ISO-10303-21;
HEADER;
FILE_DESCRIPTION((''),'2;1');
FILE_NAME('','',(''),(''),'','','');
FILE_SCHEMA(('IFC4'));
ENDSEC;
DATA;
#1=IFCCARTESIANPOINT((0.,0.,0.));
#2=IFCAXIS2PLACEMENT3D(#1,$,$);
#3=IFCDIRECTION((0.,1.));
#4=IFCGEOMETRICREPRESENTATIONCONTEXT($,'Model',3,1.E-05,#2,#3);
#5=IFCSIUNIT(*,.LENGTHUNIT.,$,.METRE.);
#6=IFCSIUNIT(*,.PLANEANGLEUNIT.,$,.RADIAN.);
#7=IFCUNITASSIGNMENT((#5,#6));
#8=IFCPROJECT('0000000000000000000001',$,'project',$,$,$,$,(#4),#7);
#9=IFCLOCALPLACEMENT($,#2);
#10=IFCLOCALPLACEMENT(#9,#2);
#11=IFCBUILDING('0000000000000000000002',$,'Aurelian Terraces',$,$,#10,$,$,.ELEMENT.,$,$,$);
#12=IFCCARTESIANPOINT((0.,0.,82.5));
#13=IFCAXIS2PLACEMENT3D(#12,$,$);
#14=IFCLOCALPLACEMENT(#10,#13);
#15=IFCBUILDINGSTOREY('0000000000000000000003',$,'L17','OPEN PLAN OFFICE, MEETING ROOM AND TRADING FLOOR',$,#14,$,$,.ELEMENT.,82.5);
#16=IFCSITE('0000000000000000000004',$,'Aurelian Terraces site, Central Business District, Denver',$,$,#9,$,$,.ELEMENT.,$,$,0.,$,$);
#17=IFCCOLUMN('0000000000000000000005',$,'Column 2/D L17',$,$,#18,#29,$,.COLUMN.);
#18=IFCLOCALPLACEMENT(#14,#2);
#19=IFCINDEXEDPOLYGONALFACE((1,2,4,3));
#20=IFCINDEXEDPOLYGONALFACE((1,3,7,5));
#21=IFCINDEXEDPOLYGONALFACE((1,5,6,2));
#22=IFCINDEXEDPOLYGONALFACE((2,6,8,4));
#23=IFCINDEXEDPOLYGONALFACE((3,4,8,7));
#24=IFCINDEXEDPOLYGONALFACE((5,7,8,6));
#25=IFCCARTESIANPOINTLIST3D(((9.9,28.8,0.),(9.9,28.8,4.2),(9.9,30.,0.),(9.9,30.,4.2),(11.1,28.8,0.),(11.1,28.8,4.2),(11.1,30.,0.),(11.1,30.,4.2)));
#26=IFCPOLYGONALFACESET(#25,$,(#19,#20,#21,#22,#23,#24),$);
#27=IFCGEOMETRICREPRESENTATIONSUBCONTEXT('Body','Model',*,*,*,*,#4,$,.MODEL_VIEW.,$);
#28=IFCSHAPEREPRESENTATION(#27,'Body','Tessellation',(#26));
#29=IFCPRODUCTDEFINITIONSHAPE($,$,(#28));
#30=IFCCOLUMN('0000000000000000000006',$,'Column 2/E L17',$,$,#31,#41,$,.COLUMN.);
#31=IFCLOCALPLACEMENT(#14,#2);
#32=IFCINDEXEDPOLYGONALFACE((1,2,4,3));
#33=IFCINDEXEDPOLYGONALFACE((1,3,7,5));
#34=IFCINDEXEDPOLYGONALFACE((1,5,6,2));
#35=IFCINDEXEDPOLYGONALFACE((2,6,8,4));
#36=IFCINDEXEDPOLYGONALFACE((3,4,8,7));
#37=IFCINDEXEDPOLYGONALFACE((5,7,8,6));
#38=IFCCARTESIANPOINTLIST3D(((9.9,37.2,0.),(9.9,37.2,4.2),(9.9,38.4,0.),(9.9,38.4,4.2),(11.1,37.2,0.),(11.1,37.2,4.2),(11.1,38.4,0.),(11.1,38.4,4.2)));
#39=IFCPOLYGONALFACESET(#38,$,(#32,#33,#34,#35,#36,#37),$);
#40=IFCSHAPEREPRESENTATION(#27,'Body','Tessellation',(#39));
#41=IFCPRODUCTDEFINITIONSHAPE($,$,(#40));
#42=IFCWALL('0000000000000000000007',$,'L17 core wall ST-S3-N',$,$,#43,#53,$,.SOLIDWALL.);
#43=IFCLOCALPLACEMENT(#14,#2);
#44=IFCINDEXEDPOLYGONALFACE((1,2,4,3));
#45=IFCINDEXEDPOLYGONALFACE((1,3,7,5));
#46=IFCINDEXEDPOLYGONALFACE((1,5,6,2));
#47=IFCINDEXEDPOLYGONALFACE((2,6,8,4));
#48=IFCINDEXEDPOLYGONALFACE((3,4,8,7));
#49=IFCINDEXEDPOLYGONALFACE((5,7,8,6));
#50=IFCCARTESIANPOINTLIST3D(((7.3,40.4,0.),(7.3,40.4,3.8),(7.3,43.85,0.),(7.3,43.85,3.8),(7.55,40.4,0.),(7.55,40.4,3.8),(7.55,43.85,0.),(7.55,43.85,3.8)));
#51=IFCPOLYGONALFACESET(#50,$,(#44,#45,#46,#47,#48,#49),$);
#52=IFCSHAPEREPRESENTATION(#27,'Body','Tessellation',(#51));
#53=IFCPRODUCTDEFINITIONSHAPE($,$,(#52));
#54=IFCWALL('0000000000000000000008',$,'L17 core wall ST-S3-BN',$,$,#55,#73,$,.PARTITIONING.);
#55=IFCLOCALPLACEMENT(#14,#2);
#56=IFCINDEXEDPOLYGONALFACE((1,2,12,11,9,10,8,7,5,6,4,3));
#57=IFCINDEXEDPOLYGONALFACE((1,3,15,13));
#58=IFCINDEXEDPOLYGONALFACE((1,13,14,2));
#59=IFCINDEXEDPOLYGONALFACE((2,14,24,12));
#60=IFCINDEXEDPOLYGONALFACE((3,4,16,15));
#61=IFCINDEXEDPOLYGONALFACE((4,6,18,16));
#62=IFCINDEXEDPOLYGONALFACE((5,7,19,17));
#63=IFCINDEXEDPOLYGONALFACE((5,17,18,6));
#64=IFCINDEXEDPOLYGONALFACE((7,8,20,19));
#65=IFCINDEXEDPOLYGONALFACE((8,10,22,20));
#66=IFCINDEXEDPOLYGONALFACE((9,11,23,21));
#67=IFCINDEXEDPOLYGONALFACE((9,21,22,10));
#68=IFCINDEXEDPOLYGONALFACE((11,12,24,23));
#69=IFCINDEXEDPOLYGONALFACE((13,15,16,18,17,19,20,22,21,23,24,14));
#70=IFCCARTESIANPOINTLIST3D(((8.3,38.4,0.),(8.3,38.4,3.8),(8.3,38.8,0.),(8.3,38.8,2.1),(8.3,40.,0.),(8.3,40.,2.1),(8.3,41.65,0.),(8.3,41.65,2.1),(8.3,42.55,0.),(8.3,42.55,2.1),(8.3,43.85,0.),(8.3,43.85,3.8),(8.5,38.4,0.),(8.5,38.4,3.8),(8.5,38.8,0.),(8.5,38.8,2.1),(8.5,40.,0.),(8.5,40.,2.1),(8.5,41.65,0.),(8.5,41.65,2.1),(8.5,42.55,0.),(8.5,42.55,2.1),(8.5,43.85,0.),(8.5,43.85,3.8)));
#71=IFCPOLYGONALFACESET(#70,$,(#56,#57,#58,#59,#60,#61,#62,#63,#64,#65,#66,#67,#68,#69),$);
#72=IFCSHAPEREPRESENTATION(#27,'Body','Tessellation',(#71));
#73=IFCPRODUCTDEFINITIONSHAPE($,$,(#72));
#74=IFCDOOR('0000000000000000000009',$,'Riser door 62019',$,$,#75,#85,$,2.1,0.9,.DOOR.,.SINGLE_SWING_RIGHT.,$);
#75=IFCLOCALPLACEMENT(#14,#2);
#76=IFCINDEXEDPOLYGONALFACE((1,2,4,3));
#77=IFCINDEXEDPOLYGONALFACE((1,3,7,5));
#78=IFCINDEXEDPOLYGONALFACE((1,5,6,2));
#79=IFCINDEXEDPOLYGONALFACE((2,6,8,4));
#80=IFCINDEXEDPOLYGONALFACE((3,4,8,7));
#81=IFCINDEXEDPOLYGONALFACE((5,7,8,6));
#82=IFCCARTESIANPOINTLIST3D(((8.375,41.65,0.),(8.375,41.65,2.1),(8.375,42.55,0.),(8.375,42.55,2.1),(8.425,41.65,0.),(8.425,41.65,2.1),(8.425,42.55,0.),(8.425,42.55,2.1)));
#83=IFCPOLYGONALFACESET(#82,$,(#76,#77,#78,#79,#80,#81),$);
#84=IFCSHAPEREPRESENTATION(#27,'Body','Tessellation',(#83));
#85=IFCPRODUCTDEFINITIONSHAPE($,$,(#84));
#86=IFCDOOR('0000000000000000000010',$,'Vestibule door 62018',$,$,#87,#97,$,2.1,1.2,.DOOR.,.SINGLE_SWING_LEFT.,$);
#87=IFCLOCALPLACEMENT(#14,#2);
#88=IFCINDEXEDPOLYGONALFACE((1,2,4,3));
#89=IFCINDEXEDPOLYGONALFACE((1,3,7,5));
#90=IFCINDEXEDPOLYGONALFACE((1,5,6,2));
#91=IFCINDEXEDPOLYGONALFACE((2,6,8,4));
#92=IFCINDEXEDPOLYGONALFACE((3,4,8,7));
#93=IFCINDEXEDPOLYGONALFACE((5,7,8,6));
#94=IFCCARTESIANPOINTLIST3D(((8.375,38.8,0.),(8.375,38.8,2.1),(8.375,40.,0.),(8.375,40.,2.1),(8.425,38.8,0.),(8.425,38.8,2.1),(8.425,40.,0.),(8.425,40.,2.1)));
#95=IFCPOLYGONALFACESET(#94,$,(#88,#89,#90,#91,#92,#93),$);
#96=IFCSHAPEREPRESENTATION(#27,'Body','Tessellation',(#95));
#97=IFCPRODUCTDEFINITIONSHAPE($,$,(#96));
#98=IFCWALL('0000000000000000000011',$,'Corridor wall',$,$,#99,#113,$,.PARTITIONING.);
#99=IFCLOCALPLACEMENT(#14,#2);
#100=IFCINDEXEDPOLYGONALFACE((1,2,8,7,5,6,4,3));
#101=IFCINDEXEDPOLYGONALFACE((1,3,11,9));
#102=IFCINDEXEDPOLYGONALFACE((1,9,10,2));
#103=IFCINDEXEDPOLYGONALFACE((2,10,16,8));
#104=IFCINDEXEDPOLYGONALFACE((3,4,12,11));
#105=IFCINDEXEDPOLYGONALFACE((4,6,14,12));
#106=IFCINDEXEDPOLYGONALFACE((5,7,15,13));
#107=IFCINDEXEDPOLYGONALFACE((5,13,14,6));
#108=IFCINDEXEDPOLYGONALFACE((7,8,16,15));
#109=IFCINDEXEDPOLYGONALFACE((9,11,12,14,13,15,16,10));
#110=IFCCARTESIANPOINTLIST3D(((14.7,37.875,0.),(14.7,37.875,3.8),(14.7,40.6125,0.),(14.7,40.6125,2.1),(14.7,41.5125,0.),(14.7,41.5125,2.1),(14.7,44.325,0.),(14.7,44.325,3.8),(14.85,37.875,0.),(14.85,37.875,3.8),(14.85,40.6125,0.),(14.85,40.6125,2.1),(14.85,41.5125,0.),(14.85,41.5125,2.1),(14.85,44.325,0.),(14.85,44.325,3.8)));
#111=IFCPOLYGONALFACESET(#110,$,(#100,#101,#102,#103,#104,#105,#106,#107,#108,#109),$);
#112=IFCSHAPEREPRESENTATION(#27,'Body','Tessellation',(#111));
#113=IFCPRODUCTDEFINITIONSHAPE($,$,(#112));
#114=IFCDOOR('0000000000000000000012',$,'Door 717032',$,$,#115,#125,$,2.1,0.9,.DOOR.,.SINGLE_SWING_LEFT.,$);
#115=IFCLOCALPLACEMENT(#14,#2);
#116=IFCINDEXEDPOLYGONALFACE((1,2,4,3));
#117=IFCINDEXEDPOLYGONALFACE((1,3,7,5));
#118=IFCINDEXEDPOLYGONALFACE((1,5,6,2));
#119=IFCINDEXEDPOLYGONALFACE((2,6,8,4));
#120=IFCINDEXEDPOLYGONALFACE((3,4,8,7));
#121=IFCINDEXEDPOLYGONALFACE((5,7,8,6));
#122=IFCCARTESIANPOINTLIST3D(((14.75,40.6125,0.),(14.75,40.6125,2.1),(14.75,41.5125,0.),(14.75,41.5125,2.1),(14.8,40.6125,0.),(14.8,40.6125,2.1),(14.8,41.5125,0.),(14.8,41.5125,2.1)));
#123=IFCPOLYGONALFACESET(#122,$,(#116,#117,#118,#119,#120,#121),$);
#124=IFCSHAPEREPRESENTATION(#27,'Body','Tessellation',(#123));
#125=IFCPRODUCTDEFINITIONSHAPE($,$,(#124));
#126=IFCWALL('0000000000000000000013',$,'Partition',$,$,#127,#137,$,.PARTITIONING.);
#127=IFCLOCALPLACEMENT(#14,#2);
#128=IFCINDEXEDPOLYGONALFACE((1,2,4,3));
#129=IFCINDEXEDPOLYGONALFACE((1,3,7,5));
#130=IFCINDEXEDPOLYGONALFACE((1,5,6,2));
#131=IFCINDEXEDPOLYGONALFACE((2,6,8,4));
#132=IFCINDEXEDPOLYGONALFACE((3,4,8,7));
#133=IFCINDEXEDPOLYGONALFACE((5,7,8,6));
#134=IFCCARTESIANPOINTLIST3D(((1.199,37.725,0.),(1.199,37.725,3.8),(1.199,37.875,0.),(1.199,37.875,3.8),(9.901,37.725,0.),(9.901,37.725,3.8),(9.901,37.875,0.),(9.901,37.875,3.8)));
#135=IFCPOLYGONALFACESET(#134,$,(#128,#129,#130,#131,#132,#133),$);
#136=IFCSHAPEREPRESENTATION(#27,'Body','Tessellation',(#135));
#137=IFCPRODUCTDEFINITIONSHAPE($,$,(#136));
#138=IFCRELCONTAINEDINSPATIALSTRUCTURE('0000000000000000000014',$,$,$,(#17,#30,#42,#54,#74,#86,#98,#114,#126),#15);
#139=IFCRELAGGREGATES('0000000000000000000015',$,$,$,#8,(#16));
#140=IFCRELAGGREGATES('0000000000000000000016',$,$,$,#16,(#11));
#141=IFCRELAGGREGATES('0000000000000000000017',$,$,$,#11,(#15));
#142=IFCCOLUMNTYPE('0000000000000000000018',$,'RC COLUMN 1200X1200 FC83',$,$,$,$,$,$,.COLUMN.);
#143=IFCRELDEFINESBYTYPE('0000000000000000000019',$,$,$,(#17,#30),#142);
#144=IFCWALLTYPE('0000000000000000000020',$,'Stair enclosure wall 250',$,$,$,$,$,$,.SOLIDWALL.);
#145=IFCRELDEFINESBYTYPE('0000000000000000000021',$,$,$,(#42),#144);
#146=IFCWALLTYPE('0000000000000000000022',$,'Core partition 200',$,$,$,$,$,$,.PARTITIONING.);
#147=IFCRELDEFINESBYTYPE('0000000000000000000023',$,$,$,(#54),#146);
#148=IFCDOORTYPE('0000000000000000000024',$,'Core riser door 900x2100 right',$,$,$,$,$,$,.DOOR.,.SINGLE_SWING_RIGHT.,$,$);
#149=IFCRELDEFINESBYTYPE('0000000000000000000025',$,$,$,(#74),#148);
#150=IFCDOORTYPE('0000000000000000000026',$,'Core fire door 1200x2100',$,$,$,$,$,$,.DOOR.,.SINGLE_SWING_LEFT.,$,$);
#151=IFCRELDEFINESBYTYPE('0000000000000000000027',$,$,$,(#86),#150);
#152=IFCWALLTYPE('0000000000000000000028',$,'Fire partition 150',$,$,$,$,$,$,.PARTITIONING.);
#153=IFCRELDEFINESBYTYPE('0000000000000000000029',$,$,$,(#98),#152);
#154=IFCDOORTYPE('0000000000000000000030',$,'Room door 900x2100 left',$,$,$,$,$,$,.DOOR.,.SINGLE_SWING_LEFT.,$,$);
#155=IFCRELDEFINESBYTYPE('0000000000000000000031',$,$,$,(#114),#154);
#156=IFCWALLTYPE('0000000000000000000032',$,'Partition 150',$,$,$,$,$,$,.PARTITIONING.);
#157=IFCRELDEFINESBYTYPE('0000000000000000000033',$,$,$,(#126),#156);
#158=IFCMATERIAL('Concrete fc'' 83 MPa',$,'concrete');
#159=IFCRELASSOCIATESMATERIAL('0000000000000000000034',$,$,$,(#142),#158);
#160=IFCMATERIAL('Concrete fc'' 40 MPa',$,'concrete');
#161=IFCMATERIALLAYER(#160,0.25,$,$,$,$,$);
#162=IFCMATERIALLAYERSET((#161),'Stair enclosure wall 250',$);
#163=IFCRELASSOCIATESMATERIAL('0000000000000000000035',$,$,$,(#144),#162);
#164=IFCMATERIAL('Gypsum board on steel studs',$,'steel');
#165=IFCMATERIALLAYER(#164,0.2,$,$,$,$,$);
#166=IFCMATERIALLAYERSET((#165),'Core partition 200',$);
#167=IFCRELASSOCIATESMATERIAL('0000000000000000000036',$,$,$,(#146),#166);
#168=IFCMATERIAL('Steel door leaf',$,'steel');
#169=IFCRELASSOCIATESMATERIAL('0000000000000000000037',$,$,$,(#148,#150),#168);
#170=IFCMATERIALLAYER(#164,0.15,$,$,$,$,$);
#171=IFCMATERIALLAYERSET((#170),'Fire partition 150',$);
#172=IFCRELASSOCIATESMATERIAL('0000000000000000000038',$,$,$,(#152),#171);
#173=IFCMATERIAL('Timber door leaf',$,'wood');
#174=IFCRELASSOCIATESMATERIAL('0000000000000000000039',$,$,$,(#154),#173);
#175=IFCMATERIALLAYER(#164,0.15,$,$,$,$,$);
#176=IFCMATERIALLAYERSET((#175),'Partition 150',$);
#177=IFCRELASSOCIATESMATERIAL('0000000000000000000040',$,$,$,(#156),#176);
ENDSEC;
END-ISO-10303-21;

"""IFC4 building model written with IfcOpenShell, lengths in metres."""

from ifc_helpers import new_model, si_unit, direction, frame, frame_2d, origin, origin_2d, place, context, subcontext, project, spatial, rectangle, extrude, source, transform, mapped, material, layer, layer_set, material_profile, profile_set, type_object, element, fill, save


model = new_model("IFC4")

# Units and contexts
model_context = context("Model", 3, precision=1e-05, world=origin(), true_north=direction((0.0, 1.0)))
body_context = subcontext(model_context, "Body", "Model", "MODEL_VIEW")
ifc_project = project(units=[si_unit("LENGTHUNIT", "METRE"), si_unit("PLANEANGLEUNIT", "RADIAN")], contexts=[model_context])

# Site, building, storey
site_placement = place(None, origin())
site = spatial("IfcSite", under=ifc_project, at=site_placement, Name="Aurelian Terraces site, Central Business District, Denver", CompositionType="ELEMENT", RefElevation=0.0)
building_placement = place(site_placement, origin())
building = spatial("IfcBuilding", under=site, at=building_placement, Name="Aurelian Terraces", CompositionType="ELEMENT")
storey_placement = place(building_placement, frame((0.0, 0.0, 82.5)))
storey = spatial("IfcBuildingStorey", under=building, at=storey_placement, Name="L17", Description="OPEN PLAN OFFICE, MEETING ROOM AND TRADING FLOOR", CompositionType="ELEMENT", Elevation=82.5)

# Columns
ifc_material_1 = material(Name="Concrete fc' 83 MPa", Category="concrete")
ifc_material_profile = material_profile(ifc_material_1, rectangle(XDim=1.2, YDim=1.2, at=origin_2d()))
ifc_profile_set = profile_set([ifc_material_profile], Name="Concrete fc' 83 MPa")
column_type = type_object("IfcColumnType", Name="RC COLUMN 1200X1200 FC83", PredefinedType="COLUMN", material=ifc_profile_set)
shared_shape_1 = source(origin(), body_context, "Body", "SweptSolid", [
    extrude(rectangle(XDim=1.2, YDim=1.2, at=origin_2d()), origin(), (0.0, 0.0, 1.0), 4.2),
])
for number, where, z_axis, x_axis, name in (
    (1, (10.5, 29.4, 0.0), (0.0, 0.0, 1.0), (1.0, 0.0, 0.0), "Column 2/D L17"),
    (2, (10.5, 37.8, 0.0), (0.0, 0.0, 1.0), (1.0, 0.0, 0.0), "Column 2/E L17"),
):
    element("IfcColumn", number, at=place(storey_placement, frame(where, z_axis=z_axis, x_axis=x_axis)), inside=storey, type_object=column_type, Name=name, PredefinedType="COLUMN", context=body_context, shape_type="MappedRepresentation", body=[
        mapped(shared_shape_1, transform((0.0, 0.0, 0.0), scale=1.0)),
    ])

# Wall
ifc_material_2 = material(Name="Concrete fc' 40 MPa", Category="concrete")
ifc_layer_1 = layer(ifc_material_2, 0.25)
ifc_layer_set_1 = layer_set([ifc_layer_1], Name="Stair enclosure wall 250")
wall_type_1 = type_object("IfcWallType", Name="Stair enclosure wall 250", PredefinedType="SOLIDWALL", material=ifc_layer_set_1)
shared_shape_2 = source(origin(), body_context, "Body", "SweptSolid", [
    extrude(rectangle(XDim=3.45, YDim=0.25, at=frame_2d((1.725, 0.0))), origin(), (0.0, 0.0, 1.0), 3.8),
])
wall_1_placement = place(storey_placement, frame((7.425, 40.4, 0.0), z_axis=(0.0, 0.0, 1.0), x_axis=(0.0, 1.0, 0.0)))
element("IfcWall", 3, at=wall_1_placement, inside=storey, type_object=wall_type_1, Name="L17 core wall ST-S3-N", PredefinedType="SOLIDWALL", context=body_context, shape_type="MappedRepresentation", body=[
    mapped(shared_shape_2, transform((0.0, 0.0, 0.0), scale=1.0)),
])

# Wall, openings, doors
ifc_material_3 = material(Name="Gypsum board on steel studs", Category="steel")
ifc_layer_2 = layer(ifc_material_3, 0.2)
ifc_layer_set_2 = layer_set([ifc_layer_2], Name="Core partition 200")
wall_type_2 = type_object("IfcWallType", Name="Core partition 200", PredefinedType="PARTITIONING", material=ifc_layer_set_2)
shared_shape_3 = source(origin(), body_context, "Body", "SweptSolid", [
    extrude(rectangle(XDim=5.45, YDim=0.2, at=frame_2d((2.725, 0.0))), origin(), (0.0, 0.0, 1.0), 3.8),
])
wall_2_placement = place(storey_placement, frame((8.4, 38.4, 0.0), z_axis=(0.0, 0.0, 1.0), x_axis=(0.0, 1.0, 0.0)))
wall_2 = element("IfcWall", 4, at=wall_2_placement, inside=storey, type_object=wall_type_2, Name="L17 core wall ST-S3-BN", PredefinedType="PARTITIONING", context=body_context, shape_type="MappedRepresentation", body=[
    mapped(shared_shape_3, transform((0.0, 0.0, 0.0), scale=1.0)),
])
shared_shape_4 = source(origin(), body_context, "Body", "SweptSolid", [
    extrude(rectangle(XDim=1.2, YDim=2.1, at=frame_2d((0.6, 1.05))), frame((0.0, 0.11, 0.0), z_axis=(0.0, -1.0, 0.0), x_axis=(1.0, 0.0, 0.0)), (0.0, 0.0, 1.0), 0.22),
])
opening_1_placement = place(wall_2_placement, frame((0.4, 0.0, 0.0)))
opening_1 = element("IfcOpeningElement", 5, at=opening_1_placement, cuts=wall_2, PredefinedType="OPENING", context=body_context, shape_type="MappedRepresentation", body=[
    mapped(shared_shape_4, transform((0.0, 0.0, 0.0), scale=1.0)),
])
shared_shape_5 = source(origin(), body_context, "Body", "SweptSolid", [
    extrude(rectangle(XDim=0.9, YDim=2.1, at=frame_2d((0.45, 1.05))), frame((0.0, 0.11, 0.0), z_axis=(0.0, -1.0, 0.0), x_axis=(1.0, 0.0, 0.0)), (0.0, 0.0, 1.0), 0.22),
])
opening_2_placement = place(wall_2_placement, frame((3.25, 0.0, 0.0)))
opening_2 = element("IfcOpeningElement", 6, at=opening_2_placement, cuts=wall_2, PredefinedType="OPENING", context=body_context, shape_type="MappedRepresentation", body=[
    mapped(shared_shape_5, transform((0.0, 0.0, 0.0), scale=1.0)),
])
ifc_material_4 = material(Name="Steel door leaf", Category="steel")
door_type_1 = type_object("IfcDoorType", Name="Core riser door 900x2100 right", OperationType="SINGLE_SWING_RIGHT", PredefinedType="DOOR", material=ifc_material_4)
shared_shape_6 = source(origin(), body_context, "Body", "SweptSolid", [
    extrude(rectangle(XDim=0.9, YDim=2.1, at=frame_2d((0.45, 1.05))), frame((0.0, 0.025, 0.0), z_axis=(0.0, -1.0, 0.0), x_axis=(1.0, 0.0, 0.0)), (0.0, 0.0, 1.0), 0.05),
])
door_1_placement = place(opening_2_placement, origin())
door_1 = element("IfcDoor", 7, at=door_1_placement, inside=storey, type_object=door_type_1, Name="Riser door 62019", OperationType="SINGLE_SWING_RIGHT", OverallHeight=2.1, OverallWidth=0.9, PredefinedType="DOOR", context=body_context, shape_type="MappedRepresentation", body=[
    mapped(shared_shape_6, transform((0.0, 0.0, 0.0), scale=1.0)),
])
fill(opening_2, door_1)
door_type_2 = type_object("IfcDoorType", Name="Core fire door 1200x2100", OperationType="SINGLE_SWING_LEFT", PredefinedType="DOOR", material=ifc_material_4)
shared_shape_7 = source(origin(), body_context, "Body", "SweptSolid", [
    extrude(rectangle(XDim=1.2, YDim=2.1, at=frame_2d((0.6, 1.05))), frame((0.0, 0.025, 0.0), z_axis=(0.0, -1.0, 0.0), x_axis=(1.0, 0.0, 0.0)), (0.0, 0.0, 1.0), 0.05),
])
door_2_placement = place(opening_1_placement, origin())
door_2 = element("IfcDoor", 8, at=door_2_placement, inside=storey, type_object=door_type_2, Name="Vestibule door 62018", OperationType="SINGLE_SWING_LEFT", OverallHeight=2.1, OverallWidth=1.2, PredefinedType="DOOR", context=body_context, shape_type="MappedRepresentation", body=[
    mapped(shared_shape_7, transform((0.0, 0.0, 0.0), scale=1.0)),
])
fill(opening_1, door_2)

# Wall, opening, door
ifc_layer_3 = layer(ifc_material_3, 0.15)
ifc_layer_set_3 = layer_set([ifc_layer_3], Name="Fire partition 150")
wall_type_3 = type_object("IfcWallType", Name="Fire partition 150", PredefinedType="PARTITIONING", material=ifc_layer_set_3)
shared_shape_8 = source(origin(), body_context, "Body", "SweptSolid", [
    extrude(rectangle(XDim=6.45, YDim=0.15, at=frame_2d((3.225, 0.0))), origin(), (0.0, 0.0, 1.0), 3.8),
])
wall_3_placement = place(storey_placement, frame((14.775, 37.875, 0.0), z_axis=(0.0, 0.0, 1.0), x_axis=(0.0, 1.0, 0.0)))
wall_3 = element("IfcWall", 9, at=wall_3_placement, inside=storey, type_object=wall_type_3, Name="Corridor wall", PredefinedType="PARTITIONING", context=body_context, shape_type="MappedRepresentation", body=[
    mapped(shared_shape_8, transform((0.0, 0.0, 0.0), scale=1.0)),
])
shared_shape_9 = source(origin(), body_context, "Body", "SweptSolid", [
    extrude(rectangle(XDim=0.9, YDim=2.1, at=frame_2d((0.45, 1.05))), frame((0.0, 0.085, 0.0), z_axis=(0.0, -1.0, 0.0), x_axis=(1.0, 0.0, 0.0)), (0.0, 0.0, 1.0), 0.17),
])
opening_3_placement = place(wall_3_placement, frame((2.7375, 0.0, 0.0)))
opening_3 = element("IfcOpeningElement", 10, at=opening_3_placement, cuts=wall_3, PredefinedType="OPENING", context=body_context, shape_type="MappedRepresentation", body=[
    mapped(shared_shape_9, transform((0.0, 0.0, 0.0), scale=1.0)),
])
ifc_material_5 = material(Name="Timber door leaf", Category="wood")
door_type_3 = type_object("IfcDoorType", Name="Room door 900x2100 left", OperationType="SINGLE_SWING_LEFT", PredefinedType="DOOR", material=ifc_material_5)
door_3_placement = place(opening_3_placement, origin())
door_3 = element("IfcDoor", 11, at=door_3_placement, inside=storey, type_object=door_type_3, Name="Door 717032", OperationType="SINGLE_SWING_LEFT", OverallHeight=2.1, OverallWidth=0.9, PredefinedType="DOOR", context=body_context, shape_type="MappedRepresentation", body=[
    mapped(shared_shape_6, transform((0.0, 0.0, 0.0), scale=1.0)),
])
fill(opening_3, door_3)

# Wall
ifc_layer_4 = layer(ifc_material_3, 0.15)
ifc_layer_set_4 = layer_set([ifc_layer_4], Name="Partition 150")
wall_type_4 = type_object("IfcWallType", Name="Partition 150", PredefinedType="PARTITIONING", material=ifc_layer_set_4)
shared_shape_10 = source(origin(), body_context, "Body", "SweptSolid", [
    extrude(rectangle(XDim=8.702, YDim=0.15, at=frame_2d((4.351, 0.0))), origin(), (0.0, 0.0, 1.0), 3.8),
])
wall_4_placement = place(storey_placement, frame((9.901, 37.8, 0.0), z_axis=(0.0, 0.0, 1.0), x_axis=(-1.0, 0.0, 0.0)))
element("IfcWall", 12, at=wall_4_placement, inside=storey, type_object=wall_type_4, Name="Partition", PredefinedType="PARTITIONING", context=body_context, shape_type="MappedRepresentation", body=[
    mapped(shared_shape_10, transform((0.0, 0.0, 0.0), scale=1.0)),
])

save(model, "model.ifc")
